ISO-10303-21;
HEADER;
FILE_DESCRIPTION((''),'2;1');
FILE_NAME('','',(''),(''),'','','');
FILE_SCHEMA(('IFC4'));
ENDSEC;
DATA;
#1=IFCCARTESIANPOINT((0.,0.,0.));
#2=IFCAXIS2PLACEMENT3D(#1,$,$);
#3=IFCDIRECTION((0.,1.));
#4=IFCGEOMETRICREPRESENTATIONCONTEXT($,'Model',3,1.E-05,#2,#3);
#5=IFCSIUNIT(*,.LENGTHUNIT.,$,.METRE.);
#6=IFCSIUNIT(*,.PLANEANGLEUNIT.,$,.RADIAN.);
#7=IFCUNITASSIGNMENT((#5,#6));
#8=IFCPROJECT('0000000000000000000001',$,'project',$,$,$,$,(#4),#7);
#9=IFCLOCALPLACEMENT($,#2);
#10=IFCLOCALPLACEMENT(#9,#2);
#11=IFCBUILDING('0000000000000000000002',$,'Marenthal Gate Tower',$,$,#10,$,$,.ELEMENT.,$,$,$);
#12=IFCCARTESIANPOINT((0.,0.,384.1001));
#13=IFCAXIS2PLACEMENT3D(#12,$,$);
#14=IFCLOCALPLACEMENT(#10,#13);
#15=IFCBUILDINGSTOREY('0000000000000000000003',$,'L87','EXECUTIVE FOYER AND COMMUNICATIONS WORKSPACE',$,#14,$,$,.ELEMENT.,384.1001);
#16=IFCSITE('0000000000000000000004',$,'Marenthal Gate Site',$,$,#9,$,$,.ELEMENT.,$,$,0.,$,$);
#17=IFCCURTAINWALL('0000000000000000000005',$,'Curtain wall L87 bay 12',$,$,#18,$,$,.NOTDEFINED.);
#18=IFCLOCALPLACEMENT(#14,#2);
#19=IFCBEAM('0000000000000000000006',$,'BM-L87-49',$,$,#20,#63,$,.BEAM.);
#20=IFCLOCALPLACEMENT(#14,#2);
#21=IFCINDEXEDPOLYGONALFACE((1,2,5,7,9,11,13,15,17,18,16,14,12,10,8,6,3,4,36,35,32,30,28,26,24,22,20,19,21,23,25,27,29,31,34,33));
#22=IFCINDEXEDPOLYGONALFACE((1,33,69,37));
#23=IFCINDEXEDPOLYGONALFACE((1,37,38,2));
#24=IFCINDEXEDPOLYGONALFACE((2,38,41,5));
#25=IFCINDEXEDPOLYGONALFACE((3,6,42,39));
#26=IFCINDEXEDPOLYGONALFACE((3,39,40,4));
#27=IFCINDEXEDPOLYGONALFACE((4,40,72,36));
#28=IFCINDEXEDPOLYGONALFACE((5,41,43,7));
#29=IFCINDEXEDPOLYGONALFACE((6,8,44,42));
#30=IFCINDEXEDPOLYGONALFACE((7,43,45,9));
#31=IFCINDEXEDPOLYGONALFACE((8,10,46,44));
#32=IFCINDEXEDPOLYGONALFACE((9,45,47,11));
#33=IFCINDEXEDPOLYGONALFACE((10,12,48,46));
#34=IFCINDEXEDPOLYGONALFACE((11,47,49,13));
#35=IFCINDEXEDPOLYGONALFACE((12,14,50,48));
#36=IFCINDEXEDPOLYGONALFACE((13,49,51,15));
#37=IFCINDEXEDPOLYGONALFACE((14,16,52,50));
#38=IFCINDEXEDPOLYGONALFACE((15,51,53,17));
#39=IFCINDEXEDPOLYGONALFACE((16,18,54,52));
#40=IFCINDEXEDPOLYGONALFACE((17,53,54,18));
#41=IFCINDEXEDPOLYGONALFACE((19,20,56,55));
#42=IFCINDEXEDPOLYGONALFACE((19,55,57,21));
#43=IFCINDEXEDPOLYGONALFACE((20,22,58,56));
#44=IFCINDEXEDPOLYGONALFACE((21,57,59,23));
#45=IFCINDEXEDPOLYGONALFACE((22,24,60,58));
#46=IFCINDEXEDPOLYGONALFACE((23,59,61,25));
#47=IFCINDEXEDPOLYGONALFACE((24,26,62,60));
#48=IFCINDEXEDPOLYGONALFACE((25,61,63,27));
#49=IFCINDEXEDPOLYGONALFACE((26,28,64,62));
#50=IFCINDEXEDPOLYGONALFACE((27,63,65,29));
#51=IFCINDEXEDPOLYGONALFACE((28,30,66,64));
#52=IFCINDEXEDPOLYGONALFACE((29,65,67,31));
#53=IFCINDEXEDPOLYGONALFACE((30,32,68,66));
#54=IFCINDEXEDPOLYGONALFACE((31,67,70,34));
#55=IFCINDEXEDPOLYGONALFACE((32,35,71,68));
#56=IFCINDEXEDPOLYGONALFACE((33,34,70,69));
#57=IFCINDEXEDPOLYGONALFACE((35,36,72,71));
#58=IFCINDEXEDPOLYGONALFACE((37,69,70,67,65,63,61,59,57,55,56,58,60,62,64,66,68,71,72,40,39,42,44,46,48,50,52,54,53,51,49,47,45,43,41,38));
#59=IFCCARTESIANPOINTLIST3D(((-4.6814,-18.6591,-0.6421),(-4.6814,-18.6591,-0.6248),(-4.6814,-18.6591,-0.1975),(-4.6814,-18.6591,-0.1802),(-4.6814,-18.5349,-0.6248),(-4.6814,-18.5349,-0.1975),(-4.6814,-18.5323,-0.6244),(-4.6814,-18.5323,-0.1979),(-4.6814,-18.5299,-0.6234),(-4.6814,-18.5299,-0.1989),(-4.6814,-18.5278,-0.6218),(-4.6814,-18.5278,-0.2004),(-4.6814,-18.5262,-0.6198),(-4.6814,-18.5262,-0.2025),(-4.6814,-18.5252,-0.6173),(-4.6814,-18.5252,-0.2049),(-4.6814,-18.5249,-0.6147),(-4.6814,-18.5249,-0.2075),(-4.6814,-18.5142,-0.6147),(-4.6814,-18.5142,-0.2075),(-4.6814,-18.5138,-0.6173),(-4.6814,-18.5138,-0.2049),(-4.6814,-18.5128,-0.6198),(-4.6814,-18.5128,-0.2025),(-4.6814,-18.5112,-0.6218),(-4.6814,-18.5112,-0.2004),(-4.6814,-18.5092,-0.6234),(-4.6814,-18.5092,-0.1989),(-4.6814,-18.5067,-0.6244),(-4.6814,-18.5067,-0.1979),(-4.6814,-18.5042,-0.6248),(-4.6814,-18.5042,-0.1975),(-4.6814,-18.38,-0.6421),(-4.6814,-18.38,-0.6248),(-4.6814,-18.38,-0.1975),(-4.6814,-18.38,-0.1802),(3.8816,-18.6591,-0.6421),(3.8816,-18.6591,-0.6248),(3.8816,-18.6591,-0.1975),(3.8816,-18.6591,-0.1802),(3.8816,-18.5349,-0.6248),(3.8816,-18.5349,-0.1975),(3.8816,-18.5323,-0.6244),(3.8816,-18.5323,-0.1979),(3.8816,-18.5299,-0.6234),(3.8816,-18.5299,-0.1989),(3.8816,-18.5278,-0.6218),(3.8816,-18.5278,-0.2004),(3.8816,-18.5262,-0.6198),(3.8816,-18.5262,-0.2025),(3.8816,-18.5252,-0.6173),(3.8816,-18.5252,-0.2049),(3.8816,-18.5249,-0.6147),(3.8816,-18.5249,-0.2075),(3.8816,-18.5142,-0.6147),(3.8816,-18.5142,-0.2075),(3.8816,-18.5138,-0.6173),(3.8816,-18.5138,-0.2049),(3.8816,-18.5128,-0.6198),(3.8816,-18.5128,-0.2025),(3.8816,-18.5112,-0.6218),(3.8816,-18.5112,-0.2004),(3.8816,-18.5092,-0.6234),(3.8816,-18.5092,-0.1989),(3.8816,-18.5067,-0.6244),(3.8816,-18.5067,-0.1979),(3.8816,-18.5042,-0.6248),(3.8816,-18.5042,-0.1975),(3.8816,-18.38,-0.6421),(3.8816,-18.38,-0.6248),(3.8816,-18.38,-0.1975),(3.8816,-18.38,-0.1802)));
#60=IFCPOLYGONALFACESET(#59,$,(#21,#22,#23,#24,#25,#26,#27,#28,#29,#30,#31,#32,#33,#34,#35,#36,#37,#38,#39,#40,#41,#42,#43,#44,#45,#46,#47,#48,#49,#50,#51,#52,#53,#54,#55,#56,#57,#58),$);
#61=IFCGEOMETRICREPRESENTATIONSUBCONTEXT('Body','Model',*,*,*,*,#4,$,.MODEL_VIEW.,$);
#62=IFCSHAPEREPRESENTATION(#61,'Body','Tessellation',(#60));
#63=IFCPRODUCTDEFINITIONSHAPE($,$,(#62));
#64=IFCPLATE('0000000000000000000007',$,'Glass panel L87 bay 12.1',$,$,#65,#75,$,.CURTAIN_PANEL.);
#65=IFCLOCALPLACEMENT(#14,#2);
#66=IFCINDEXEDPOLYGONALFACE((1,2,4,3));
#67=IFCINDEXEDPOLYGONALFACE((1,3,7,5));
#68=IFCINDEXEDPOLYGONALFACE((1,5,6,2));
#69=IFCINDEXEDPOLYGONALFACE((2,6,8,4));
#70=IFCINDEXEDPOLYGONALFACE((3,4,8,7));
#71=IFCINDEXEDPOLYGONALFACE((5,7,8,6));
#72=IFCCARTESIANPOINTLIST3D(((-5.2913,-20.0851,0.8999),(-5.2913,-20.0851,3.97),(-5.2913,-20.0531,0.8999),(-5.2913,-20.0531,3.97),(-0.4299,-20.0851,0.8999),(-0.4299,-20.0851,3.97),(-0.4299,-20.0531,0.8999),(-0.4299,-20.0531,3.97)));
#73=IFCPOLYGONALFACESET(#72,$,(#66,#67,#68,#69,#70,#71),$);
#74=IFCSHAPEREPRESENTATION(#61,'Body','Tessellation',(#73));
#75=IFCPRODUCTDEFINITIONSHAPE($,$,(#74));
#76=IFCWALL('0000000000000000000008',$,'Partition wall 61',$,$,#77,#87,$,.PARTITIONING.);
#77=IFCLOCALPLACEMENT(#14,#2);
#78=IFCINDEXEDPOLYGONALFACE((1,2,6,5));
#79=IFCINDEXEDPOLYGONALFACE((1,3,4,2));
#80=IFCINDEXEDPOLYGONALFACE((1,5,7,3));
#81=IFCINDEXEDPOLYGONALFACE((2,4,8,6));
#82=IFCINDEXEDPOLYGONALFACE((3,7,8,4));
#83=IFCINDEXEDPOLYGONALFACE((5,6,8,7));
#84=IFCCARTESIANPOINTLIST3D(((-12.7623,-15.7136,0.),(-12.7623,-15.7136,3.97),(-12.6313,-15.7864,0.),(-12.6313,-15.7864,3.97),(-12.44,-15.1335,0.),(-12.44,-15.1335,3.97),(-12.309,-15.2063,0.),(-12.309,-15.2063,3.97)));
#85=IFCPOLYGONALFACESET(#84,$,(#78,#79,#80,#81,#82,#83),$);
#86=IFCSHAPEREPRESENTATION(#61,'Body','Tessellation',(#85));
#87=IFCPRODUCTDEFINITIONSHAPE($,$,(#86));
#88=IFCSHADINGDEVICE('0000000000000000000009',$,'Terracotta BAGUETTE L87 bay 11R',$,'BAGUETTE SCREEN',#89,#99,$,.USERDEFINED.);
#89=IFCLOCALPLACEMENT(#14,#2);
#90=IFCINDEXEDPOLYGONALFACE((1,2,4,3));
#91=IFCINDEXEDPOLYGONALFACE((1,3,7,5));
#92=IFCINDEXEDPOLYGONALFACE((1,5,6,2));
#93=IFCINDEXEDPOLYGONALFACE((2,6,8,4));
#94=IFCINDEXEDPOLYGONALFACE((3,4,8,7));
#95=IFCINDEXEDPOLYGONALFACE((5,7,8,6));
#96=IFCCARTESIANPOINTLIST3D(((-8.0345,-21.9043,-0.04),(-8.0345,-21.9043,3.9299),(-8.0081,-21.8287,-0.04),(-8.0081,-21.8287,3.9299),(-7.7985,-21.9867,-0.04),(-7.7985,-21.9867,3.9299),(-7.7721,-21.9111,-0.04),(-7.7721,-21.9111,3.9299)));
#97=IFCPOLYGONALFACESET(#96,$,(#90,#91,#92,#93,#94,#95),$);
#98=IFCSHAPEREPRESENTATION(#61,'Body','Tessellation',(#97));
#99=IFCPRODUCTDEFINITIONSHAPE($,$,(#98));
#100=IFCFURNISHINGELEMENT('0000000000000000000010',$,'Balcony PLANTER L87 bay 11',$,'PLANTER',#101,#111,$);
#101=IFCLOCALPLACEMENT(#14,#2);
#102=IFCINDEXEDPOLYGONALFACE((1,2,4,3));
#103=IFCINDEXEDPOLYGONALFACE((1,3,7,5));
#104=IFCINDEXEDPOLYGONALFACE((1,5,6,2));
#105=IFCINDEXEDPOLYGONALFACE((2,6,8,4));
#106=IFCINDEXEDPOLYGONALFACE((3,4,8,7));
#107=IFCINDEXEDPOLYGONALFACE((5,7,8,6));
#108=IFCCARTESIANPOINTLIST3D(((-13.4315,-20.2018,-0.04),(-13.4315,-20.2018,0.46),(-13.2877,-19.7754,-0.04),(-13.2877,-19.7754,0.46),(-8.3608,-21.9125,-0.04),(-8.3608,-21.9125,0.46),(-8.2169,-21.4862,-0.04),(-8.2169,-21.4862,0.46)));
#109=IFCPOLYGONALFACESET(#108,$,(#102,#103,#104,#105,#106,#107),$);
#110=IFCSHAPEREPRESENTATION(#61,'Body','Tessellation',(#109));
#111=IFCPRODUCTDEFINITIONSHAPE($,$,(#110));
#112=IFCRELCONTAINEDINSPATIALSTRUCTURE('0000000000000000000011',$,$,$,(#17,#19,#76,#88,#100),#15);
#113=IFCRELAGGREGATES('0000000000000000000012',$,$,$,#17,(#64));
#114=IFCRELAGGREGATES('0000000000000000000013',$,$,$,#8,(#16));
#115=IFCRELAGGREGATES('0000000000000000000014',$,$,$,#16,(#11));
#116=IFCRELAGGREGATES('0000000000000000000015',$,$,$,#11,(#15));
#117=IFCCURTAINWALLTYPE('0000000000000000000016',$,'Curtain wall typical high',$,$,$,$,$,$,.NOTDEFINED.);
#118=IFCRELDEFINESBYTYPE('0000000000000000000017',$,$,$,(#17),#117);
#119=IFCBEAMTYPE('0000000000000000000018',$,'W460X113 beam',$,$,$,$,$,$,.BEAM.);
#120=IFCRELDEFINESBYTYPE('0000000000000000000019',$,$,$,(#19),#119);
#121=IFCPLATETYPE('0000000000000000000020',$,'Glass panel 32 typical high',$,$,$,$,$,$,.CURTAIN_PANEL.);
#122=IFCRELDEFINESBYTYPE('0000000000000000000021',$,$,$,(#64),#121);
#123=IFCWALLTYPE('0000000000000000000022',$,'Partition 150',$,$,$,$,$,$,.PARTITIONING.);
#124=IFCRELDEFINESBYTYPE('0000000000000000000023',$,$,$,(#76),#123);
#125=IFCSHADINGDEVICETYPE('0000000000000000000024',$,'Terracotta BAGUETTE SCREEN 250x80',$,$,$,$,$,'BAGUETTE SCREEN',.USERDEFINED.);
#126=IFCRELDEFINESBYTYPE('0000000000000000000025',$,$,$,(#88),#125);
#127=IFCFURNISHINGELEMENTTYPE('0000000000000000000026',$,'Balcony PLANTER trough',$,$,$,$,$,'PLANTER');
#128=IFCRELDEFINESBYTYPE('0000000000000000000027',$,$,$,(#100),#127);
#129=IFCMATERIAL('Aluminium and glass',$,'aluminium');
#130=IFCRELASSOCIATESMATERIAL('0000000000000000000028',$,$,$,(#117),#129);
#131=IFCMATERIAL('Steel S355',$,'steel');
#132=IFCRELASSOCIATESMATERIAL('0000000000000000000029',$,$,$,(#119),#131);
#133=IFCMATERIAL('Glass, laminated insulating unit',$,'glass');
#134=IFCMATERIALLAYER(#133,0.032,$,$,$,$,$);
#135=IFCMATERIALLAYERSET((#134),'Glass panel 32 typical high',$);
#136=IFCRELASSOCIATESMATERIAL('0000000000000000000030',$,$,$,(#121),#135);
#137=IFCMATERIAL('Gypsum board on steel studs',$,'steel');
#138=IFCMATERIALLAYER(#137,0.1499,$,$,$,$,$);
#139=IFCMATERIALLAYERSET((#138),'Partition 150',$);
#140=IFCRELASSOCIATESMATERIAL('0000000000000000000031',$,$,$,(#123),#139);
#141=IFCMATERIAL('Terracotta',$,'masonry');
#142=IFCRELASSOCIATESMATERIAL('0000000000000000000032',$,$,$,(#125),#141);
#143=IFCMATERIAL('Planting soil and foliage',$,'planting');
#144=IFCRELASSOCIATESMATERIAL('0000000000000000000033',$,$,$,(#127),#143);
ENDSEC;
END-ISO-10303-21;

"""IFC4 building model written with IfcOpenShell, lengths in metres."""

from ifc_helpers import new_model, si_unit, direction, frame, frame_2d, origin, origin_2d, place, context, subcontext, project, spatial, rectangle, i_section, extrude, material, layer, layer_set, material_profile, profile_set, type_object, element, aggregate, save


model = new_model("IFC4")

# Units and contexts
model_context = context("Model", 3, precision=1e-05, world=origin(), true_north=direction((0.0, 1.0)))
body_context = subcontext(model_context, "Body", "Model", "MODEL_VIEW")
ifc_project = project(units=[si_unit("LENGTHUNIT", "METRE"), si_unit("PLANEANGLEUNIT", "RADIAN")], contexts=[model_context])

# Site, building, storey
site_placement = place(None, origin())
site = spatial("IfcSite", under=ifc_project, at=site_placement, Name="Marenthal Gate Site", CompositionType="ELEMENT", RefElevation=0.0)
building_placement = place(site_placement, origin())
building = spatial("IfcBuilding", under=site, at=building_placement, Name="Marenthal Gate Tower", CompositionType="ELEMENT")
storey_placement = place(building_placement, frame((0.0, 0.0, 384.1001)))
storey = spatial("IfcBuildingStorey", under=building, at=storey_placement, Name="L87", Description="EXECUTIVE FOYER AND COMMUNICATIONS WORKSPACE", CompositionType="ELEMENT", Elevation=384.1001)

# Curtain wall
ifc_material_1 = material(Name="Aluminium and glass", Category="aluminium")
curtain_wall_type = type_object("IfcCurtainWallType", Name="Curtain wall typical high", PredefinedType="NOTDEFINED", material=ifc_material_1)
curtain_wall_placement = place(storey_placement, origin())
curtain_wall = element("IfcCurtainWall", 1, at=curtain_wall_placement, inside=storey, type_object=curtain_wall_type, Name="Curtain wall L87 bay 12", PredefinedType="NOTDEFINED")

# Beam
ifc_material_2 = material(Name="Steel S355", Category="steel")
ifc_material_profile_1 = material_profile(ifc_material_2, i_section(OverallWidth=0.2791, OverallDepth=0.4619, WebThickness=0.0107, FlangeThickness=0.0173, FilletRadius=0.01, at=origin_2d()), Name="W460X113")
ifc_profile_set_1 = profile_set([ifc_material_profile_1], Name="Steel S355")
beam_type_1 = type_object("IfcBeamType", Name="W460X113 beam", PredefinedType="BEAM", material=ifc_profile_set_1)
beam_1_placement = place(storey_placement, frame((-4.6814, -18.5195, -0.4111), z_axis=(1.0, 0.0, 0.0), x_axis=(0.0, 1.0, 0.0)))
element("IfcBeam", 2, at=beam_1_placement, inside=storey, type_object=beam_type_1, Name="BM-L87-49", PredefinedType="BEAM", context=body_context, shape_type="SweptSolid", body=[
    extrude(i_section(OverallWidth=0.2791, OverallDepth=0.4619, WebThickness=0.0107, FlangeThickness=0.0173, FilletRadius=0.01, at=origin_2d()), origin(), (0.0, 0.0, 1.0), 8.563),
])

# Plate
ifc_material_3 = material(Name="Glass, laminated insulating unit", Category="glass")
ifc_layer_1 = layer(ifc_material_3, 0.032)
ifc_layer_set_1 = layer_set([ifc_layer_1], Name="Glass panel 32 typical high")
plate_type = type_object("IfcPlateType", Name="Glass panel 32 typical high", PredefinedType="CURTAIN_PANEL", material=ifc_layer_set_1)
plate_placement = place(storey_placement, frame((-2.8606, -20.0691, 0.8999), z_axis=(0.0, 0.0, 1.0), x_axis=(1.0, 0.0, 0.0)))
plate = element("IfcPlate", 3, at=plate_placement, type_object=plate_type, Name="Glass panel L87 bay 12.1", PredefinedType="CURTAIN_PANEL", context=body_context, shape_type="SweptSolid", body=[
    extrude(rectangle(XDim=4.8613, YDim=0.032, at=origin_2d()), origin(), (0.0, 0.0, 1.0), 3.0701),
])
aggregate(curtain_wall, [plate])

# Wall
ifc_material_4 = material(Name="Gypsum board on steel studs", Category="steel")
ifc_layer_2 = layer(ifc_material_4, 0.1499)
ifc_layer_set_2 = layer_set([ifc_layer_2], Name="Partition 150")
wall_type = type_object("IfcWallType", Name="Partition 150", PredefinedType="PARTITIONING", material=ifc_layer_set_2)
wall_placement = place(storey_placement, frame((-12.6968, -15.75, 0.0), z_axis=(0.0, 0.0, 1.0), x_axis=(0.485643, 0.874157, 0.0)))
element("IfcWall", 4, at=wall_placement, inside=storey, type_object=wall_type, Name="Partition wall 61", PredefinedType="PARTITIONING", context=body_context, shape_type="SweptSolid", body=[
    extrude(rectangle(XDim=0.6636, YDim=0.1499, at=frame_2d((0.3318, 0.0))), origin(), (0.0, 0.0, 1.0), 3.97),
])

# Shading device
ifc_material_5 = material(Name="Terracotta", Category="masonry")
ifc_material_profile_2 = material_profile(ifc_material_5, rectangle(XDim=0.25, YDim=0.0801, at=origin_2d()), Name="Terracotta baguette 250x80")
ifc_profile_set_2 = profile_set([ifc_material_profile_2], Name="Terracotta")
shading_device_type = type_object("IfcShadingDeviceType", Name="Terracotta BAGUETTE SCREEN 250x80", ElementType="BAGUETTE SCREEN", PredefinedType="USERDEFINED", material=ifc_profile_set_2)
shading_device_placement = place(storey_placement, frame((-7.9033, -21.9077, -0.04), z_axis=(0.0, 0.0, 1.0), x_axis=(0.944045, -0.329817, 0.0)))
element("IfcShadingDevice", 5, at=shading_device_placement, inside=storey, type_object=shading_device_type, Name="Terracotta BAGUETTE L87 bay 11R", ObjectType="BAGUETTE SCREEN", PredefinedType="USERDEFINED", context=body_context, shape_type="SweptSolid", body=[
    extrude(rectangle(XDim=0.25, YDim=0.0801, at=origin_2d()), origin(), (0.0, 0.0, 1.0), 3.97),
])

# Furnishing element
ifc_material_6 = material(Name="Planting soil and foliage", Category="planting")
furnishing_element_type = type_object("IfcFurnishingElementType", Name="Balcony PLANTER trough", ElementType="PLANTER", material=ifc_material_6)
furnishing_placement = place(storey_placement, frame((-10.8242, -20.844, -0.04), z_axis=(0.0, 0.0, 1.0), x_axis=(0.947527, -0.319676, 0.0)))
element("IfcFurnishingElement", 6, at=furnishing_placement, inside=storey, type_object=furnishing_element_type, Name="Balcony PLANTER L87 bay 11", ObjectType="PLANTER", context=body_context, shape_type="SweptSolid", body=[
    extrude(rectangle(XDim=5.3516, YDim=0.45, at=origin_2d()), origin(), (0.0, 0.0, 1.0), 0.5),
])

save(model, "model.ifc")
